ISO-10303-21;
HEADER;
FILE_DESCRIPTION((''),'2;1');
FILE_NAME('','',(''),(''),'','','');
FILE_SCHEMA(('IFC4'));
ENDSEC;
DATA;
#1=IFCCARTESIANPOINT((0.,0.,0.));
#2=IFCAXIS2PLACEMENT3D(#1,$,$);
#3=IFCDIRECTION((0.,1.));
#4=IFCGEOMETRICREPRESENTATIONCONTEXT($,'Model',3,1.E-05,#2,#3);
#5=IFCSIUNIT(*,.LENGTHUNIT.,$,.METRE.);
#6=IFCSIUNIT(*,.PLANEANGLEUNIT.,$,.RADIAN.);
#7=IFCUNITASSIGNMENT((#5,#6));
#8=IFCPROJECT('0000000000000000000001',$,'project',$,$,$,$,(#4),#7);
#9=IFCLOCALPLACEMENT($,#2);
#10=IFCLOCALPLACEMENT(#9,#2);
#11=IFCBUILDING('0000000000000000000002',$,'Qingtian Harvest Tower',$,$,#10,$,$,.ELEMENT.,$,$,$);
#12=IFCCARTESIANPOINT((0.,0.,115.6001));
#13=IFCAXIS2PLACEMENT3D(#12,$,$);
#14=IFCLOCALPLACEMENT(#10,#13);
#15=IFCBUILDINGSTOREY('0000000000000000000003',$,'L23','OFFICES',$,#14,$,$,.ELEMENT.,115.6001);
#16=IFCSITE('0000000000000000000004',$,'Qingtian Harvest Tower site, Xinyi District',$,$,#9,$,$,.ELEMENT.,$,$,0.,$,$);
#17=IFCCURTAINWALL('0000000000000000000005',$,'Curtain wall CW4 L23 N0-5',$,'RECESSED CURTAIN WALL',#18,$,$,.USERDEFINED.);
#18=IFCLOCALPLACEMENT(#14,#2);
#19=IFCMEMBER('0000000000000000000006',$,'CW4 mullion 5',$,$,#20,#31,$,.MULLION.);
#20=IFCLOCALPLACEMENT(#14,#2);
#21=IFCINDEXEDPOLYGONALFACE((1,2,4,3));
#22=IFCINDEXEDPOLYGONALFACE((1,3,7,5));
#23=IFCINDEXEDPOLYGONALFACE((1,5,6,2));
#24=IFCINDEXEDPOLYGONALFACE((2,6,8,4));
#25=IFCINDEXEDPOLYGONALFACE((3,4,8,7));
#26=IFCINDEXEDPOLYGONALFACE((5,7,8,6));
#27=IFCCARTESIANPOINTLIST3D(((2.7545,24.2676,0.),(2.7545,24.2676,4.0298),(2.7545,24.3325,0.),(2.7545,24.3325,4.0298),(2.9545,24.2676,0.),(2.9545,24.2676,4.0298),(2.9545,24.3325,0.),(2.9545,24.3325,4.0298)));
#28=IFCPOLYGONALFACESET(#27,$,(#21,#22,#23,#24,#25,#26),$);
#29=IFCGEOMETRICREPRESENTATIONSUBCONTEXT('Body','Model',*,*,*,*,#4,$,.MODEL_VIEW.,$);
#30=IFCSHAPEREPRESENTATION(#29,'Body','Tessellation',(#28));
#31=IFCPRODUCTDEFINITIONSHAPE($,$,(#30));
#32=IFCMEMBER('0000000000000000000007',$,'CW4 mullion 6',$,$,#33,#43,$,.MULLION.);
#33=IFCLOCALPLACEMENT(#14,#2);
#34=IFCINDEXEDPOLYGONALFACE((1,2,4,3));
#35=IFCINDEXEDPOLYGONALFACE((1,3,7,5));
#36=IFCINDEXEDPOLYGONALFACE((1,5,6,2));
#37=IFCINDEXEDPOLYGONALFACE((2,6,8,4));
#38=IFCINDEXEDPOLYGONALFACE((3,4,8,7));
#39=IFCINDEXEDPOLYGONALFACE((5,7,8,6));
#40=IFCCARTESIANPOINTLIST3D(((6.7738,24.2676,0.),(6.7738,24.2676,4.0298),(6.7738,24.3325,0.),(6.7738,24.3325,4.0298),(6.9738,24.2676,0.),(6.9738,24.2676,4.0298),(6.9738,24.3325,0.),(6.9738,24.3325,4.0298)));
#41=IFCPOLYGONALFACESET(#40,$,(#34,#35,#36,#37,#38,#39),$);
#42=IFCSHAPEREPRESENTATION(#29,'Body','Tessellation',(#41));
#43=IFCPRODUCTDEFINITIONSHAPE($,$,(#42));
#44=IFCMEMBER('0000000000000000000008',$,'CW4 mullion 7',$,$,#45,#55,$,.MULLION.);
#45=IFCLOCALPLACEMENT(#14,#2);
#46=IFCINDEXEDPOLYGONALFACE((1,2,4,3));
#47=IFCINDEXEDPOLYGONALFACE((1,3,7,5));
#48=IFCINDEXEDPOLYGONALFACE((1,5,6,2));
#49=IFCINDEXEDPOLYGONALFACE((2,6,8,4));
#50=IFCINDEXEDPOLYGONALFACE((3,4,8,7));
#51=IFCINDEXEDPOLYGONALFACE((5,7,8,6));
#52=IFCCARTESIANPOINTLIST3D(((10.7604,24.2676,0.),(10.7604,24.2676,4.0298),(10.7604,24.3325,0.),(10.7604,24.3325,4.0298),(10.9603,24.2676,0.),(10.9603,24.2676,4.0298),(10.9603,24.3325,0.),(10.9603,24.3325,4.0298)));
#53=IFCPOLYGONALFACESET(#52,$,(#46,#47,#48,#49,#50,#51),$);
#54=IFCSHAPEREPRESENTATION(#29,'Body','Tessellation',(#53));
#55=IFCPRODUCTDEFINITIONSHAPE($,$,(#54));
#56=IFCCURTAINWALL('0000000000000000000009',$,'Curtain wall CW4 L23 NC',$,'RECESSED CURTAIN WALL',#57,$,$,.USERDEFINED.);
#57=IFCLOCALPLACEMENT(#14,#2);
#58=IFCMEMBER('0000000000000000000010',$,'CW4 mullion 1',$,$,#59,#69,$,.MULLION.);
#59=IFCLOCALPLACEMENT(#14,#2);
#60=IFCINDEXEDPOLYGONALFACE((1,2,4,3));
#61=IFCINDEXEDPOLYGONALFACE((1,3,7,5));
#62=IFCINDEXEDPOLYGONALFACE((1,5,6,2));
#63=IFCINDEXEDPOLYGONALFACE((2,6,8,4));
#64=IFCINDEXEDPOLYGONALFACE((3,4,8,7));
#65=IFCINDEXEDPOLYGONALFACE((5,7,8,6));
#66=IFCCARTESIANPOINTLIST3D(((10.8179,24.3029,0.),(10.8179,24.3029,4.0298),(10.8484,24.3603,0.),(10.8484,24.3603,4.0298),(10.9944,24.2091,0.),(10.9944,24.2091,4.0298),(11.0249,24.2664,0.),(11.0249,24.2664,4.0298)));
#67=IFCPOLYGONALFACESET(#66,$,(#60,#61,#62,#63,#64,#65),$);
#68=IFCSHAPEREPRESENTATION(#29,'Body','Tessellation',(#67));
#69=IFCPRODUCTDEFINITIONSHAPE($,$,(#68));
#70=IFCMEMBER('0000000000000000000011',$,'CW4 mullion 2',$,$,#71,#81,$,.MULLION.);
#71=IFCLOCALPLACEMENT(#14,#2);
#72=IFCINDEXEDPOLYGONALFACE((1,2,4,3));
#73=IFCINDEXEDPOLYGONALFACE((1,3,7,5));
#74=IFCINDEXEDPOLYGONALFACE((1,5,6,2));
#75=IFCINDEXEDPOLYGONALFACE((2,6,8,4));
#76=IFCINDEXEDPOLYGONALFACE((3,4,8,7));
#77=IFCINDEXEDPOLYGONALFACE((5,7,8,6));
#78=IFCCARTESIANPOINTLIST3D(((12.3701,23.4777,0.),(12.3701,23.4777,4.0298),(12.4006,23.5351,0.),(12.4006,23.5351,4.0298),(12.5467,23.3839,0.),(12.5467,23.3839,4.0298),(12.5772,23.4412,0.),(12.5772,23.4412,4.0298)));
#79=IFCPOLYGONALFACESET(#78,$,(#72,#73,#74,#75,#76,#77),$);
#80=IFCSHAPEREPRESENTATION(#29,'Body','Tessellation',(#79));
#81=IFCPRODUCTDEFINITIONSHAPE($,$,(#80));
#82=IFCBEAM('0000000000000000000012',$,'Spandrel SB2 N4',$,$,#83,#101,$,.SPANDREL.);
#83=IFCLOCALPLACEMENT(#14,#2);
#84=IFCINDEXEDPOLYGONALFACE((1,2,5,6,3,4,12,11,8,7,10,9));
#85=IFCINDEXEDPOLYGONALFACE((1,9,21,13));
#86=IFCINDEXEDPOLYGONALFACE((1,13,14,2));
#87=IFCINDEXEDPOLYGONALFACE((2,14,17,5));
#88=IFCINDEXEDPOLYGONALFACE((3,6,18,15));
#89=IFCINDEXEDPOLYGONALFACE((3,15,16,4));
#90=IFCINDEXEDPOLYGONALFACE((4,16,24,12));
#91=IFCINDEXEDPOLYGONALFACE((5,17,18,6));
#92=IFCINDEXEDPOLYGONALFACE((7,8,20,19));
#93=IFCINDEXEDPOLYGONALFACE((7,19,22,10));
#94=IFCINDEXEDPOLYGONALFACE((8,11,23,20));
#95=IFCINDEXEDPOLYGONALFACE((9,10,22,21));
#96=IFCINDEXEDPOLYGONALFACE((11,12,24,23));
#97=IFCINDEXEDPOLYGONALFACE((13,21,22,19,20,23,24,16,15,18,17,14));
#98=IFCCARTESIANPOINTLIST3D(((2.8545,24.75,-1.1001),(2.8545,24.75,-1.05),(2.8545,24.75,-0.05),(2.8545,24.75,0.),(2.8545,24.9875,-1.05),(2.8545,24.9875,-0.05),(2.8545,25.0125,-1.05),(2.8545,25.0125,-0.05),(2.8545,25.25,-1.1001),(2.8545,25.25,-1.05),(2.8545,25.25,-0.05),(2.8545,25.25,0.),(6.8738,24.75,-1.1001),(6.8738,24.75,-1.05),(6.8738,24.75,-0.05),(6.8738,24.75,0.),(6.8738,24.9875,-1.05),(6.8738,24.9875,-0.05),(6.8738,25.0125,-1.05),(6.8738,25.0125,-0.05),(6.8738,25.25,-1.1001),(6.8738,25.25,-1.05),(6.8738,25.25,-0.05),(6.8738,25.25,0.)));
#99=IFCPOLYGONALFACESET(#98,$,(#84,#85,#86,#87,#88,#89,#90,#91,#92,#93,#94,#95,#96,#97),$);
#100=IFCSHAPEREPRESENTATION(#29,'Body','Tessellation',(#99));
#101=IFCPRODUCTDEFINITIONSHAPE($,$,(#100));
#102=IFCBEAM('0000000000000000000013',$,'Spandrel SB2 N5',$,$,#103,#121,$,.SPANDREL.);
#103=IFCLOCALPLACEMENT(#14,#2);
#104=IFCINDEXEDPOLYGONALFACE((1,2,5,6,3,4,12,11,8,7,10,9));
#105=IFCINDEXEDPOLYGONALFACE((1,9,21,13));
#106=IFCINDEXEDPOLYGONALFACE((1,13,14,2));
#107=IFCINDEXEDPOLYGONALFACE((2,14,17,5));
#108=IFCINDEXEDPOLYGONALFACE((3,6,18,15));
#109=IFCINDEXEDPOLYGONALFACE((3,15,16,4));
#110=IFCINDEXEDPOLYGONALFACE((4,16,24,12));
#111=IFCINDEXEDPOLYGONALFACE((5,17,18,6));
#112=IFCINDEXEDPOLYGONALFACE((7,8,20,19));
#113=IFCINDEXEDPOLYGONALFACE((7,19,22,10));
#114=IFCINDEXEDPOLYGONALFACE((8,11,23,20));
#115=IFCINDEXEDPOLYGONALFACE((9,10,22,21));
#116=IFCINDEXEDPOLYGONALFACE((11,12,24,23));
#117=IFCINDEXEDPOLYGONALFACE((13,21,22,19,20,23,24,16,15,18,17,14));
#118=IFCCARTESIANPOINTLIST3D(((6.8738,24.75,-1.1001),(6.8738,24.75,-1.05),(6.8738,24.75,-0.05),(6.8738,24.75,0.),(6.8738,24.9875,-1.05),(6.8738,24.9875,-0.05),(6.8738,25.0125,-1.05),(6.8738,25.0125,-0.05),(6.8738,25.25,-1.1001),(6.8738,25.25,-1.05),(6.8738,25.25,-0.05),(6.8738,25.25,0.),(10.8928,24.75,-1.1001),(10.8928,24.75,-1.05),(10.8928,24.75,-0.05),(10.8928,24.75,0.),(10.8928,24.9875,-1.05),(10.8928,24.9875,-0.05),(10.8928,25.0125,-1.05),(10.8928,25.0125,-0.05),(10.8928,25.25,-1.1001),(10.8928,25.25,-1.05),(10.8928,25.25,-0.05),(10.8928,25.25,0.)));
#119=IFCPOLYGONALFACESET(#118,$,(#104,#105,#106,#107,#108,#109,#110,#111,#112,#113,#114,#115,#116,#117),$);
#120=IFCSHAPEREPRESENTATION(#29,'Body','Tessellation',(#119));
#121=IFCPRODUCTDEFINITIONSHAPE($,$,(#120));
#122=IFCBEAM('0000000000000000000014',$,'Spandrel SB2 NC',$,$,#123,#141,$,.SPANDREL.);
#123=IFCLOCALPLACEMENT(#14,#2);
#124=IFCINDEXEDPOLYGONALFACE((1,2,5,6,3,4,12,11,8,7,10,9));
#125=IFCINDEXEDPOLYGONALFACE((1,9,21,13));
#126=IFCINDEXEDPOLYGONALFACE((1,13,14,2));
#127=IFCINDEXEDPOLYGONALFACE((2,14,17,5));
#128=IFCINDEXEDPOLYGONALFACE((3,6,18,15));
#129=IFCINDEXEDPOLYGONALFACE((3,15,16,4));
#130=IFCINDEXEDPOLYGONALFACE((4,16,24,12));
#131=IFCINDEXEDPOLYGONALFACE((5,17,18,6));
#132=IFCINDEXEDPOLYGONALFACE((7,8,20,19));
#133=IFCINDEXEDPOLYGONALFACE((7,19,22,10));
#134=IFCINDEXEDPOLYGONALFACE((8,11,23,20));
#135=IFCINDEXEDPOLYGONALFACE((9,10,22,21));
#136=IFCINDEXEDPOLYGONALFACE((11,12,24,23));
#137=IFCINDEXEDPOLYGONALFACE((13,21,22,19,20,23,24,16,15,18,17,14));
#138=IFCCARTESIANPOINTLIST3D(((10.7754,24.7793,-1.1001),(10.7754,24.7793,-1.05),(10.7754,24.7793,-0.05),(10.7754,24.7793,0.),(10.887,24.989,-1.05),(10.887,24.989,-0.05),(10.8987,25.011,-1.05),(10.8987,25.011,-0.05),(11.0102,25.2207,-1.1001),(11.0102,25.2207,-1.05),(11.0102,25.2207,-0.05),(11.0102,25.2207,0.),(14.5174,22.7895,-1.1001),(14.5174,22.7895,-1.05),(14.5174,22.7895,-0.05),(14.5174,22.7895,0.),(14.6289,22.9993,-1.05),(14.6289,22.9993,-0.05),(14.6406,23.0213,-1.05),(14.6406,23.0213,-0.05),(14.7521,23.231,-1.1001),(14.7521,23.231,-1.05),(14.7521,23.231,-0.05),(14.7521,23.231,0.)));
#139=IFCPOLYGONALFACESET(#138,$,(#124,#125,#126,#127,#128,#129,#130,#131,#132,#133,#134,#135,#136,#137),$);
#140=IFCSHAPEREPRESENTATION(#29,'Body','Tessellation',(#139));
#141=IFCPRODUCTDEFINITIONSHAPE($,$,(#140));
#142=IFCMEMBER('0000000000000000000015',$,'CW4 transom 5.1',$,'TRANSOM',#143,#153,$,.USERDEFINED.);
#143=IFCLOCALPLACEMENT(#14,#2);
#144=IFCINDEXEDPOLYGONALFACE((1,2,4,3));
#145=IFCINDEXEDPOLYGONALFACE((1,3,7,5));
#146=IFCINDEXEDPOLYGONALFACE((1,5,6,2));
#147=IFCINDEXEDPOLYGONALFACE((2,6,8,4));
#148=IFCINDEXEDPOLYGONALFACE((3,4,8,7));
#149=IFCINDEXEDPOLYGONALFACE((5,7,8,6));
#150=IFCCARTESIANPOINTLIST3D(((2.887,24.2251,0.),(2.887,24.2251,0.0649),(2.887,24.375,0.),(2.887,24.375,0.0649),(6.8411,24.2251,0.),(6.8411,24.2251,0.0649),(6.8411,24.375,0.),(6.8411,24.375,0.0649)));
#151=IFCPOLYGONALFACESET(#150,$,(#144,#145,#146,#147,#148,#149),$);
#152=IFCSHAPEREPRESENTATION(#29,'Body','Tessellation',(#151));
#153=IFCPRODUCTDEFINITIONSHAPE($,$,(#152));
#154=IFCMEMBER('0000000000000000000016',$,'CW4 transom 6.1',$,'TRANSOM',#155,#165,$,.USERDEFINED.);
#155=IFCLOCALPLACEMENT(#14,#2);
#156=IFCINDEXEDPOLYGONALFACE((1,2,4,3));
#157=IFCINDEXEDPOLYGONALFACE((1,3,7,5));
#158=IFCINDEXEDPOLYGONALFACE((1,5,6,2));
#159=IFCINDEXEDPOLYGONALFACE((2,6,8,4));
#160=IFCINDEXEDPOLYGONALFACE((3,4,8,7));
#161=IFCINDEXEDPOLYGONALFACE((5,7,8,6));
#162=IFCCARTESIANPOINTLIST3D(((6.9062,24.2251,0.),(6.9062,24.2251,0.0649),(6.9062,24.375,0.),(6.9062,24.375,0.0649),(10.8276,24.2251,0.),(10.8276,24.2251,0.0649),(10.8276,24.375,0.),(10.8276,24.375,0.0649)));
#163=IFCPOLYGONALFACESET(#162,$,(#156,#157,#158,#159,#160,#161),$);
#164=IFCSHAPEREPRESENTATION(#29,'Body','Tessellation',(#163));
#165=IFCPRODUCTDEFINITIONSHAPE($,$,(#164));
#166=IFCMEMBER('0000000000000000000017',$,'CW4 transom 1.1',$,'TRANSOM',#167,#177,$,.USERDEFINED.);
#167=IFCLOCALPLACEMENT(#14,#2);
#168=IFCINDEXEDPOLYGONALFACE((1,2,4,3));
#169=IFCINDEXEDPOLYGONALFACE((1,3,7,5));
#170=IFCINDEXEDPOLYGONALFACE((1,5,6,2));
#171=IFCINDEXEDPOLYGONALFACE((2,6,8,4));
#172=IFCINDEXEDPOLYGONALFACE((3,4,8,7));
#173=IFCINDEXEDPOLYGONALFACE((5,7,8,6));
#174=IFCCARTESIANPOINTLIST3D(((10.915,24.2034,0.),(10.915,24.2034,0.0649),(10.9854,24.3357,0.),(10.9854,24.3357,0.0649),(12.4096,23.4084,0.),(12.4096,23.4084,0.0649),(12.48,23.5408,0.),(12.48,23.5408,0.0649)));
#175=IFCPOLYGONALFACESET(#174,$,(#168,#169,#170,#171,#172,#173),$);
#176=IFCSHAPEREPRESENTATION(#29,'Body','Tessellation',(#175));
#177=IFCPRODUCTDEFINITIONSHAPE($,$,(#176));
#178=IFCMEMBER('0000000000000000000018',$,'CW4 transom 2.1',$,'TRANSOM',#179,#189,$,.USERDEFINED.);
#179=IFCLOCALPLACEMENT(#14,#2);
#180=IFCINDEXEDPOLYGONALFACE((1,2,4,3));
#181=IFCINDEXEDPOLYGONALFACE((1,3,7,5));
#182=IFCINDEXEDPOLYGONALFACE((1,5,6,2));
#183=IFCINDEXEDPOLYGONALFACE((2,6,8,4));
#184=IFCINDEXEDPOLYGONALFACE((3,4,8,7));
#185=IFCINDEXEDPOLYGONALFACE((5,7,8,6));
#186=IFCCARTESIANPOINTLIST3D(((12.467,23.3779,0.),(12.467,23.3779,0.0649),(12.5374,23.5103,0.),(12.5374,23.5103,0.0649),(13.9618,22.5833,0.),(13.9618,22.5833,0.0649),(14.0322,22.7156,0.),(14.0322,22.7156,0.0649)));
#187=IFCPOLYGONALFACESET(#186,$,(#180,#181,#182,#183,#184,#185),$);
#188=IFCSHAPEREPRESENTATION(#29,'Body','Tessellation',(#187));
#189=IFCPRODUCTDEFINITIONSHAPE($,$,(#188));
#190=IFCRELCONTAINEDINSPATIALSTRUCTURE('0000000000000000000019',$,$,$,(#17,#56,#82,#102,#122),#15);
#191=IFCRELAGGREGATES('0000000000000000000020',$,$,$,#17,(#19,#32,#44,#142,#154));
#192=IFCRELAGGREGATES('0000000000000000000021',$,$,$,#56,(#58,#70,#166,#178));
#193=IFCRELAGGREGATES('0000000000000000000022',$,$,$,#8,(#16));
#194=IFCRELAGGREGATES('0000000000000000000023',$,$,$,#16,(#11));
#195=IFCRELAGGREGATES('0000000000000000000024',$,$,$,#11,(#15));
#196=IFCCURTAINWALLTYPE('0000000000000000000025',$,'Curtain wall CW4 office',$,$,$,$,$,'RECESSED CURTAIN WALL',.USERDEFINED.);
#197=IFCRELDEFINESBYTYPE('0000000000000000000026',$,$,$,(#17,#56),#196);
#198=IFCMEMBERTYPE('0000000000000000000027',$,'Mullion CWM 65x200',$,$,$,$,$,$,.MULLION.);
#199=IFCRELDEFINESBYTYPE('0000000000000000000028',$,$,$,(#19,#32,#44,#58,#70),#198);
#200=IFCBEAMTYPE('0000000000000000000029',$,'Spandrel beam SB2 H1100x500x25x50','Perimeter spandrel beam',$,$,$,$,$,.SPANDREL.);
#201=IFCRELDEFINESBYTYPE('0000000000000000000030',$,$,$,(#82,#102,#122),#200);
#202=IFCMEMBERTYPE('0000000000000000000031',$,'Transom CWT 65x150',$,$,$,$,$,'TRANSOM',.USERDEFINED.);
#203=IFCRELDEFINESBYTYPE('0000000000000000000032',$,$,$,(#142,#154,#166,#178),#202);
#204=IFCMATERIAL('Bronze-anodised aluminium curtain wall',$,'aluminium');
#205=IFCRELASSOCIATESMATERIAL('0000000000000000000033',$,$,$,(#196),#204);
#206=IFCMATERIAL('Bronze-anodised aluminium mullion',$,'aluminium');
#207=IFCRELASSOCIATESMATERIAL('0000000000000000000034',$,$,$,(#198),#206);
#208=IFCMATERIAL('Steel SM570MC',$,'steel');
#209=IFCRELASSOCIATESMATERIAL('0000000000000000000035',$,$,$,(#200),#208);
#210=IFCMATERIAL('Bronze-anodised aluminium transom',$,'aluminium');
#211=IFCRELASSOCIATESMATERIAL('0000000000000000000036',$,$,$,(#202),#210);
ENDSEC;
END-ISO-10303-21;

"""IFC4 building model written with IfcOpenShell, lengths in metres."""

from ifc_helpers import new_model, si_unit, direction, frame, origin, origin_2d, place, context, subcontext, project, spatial, rectangle, i_section, extrude, material, material_profile, profile_set, type_object, element, aggregate, save


model = new_model("IFC4")

# Units and contexts
model_context = context("Model", 3, precision=1e-05, world=origin(), true_north=direction((0.0, 1.0)))
body_context = subcontext(model_context, "Body", "Model", "MODEL_VIEW")
ifc_project = project(units=[si_unit("LENGTHUNIT", "METRE"), si_unit("PLANEANGLEUNIT", "RADIAN")], contexts=[model_context])

# Site, building, storey
site_placement = place(None, origin())
site = spatial("IfcSite", under=ifc_project, at=site_placement, Name="Qingtian Harvest Tower site, Xinyi District", CompositionType="ELEMENT", RefElevation=0.0)
building_placement = place(site_placement, origin())
building = spatial("IfcBuilding", under=site, at=building_placement, Name="Qingtian Harvest Tower", CompositionType="ELEMENT")
storey_placement = place(building_placement, frame((0.0, 0.0, 115.6001)))
storey = spatial("IfcBuildingStorey", under=building, at=storey_placement, Name="L23", Description="OFFICES", CompositionType="ELEMENT", Elevation=115.6001)

# Curtain walls, members
ifc_material_1 = material(Name="Bronze-anodised aluminium curtain wall", Category="aluminium")
curtain_wall_type = type_object("IfcCurtainWallType", Name="Curtain wall CW4 office", ElementType="RECESSED CURTAIN WALL", PredefinedType="USERDEFINED", material=ifc_material_1)
curtain_wall_1_placement = place(storey_placement, origin())
curtain_wall_1 = element("IfcCurtainWall", 1, at=curtain_wall_1_placement, inside=storey, type_object=curtain_wall_type, Name="Curtain wall CW4 L23 N0-5", ObjectType="RECESSED CURTAIN WALL", PredefinedType="USERDEFINED")
ifc_material_2 = material(Name="Bronze-anodised aluminium mullion", Category="aluminium")
ifc_material_profile_1 = material_profile(ifc_material_2, rectangle(XDim=0.0649, YDim=0.2, at=origin_2d()), Name="AL 65x200")
ifc_profile_set_1 = profile_set([ifc_material_profile_1], Name="Bronze-anodised aluminium mullion")
member_type_1 = type_object("IfcMemberType", Name="Mullion CWM 65x200", PredefinedType="MULLION", material=ifc_profile_set_1)
member_1_placement = place(storey_placement, frame((2.8545, 24.3, 0.0), z_axis=(0.0, 0.0, 1.0), x_axis=(0.0, 1.0, 0.0)))
member_1 = element("IfcMember", 2, at=member_1_placement, type_object=member_type_1, Name="CW4 mullion 5", PredefinedType="MULLION", context=body_context, shape_type="SweptSolid", body=[
    extrude(rectangle(XDim=0.0649, YDim=0.2, at=origin_2d()), origin(), (0.0, 0.0, 1.0), 4.0298),
])
member_2_placement = place(storey_placement, frame((6.8738, 24.3, 0.0), z_axis=(0.0, 0.0, 1.0), x_axis=(0.0, 1.0, 0.0)))
member_2 = element("IfcMember", 3, at=member_2_placement, type_object=member_type_1, Name="CW4 mullion 6", PredefinedType="MULLION", context=body_context, shape_type="SweptSolid", body=[
    extrude(rectangle(XDim=0.0649, YDim=0.2, at=origin_2d()), origin(), (0.0, 0.0, 1.0), 4.0298),
])
member_3_placement = place(storey_placement, frame((10.8604, 24.3, 0.0), z_axis=(0.0, 0.0, 1.0), x_axis=(0.0, 1.0, 0.0)))
member_3 = element("IfcMember", 4, at=member_3_placement, type_object=member_type_1, Name="CW4 mullion 7", PredefinedType="MULLION", context=body_context, shape_type="SweptSolid", body=[
    extrude(rectangle(XDim=0.0649, YDim=0.2, at=origin_2d()), origin(), (0.0, 0.0, 1.0), 4.0298),
])
curtain_wall_2_placement = place(storey_placement, origin())
curtain_wall_2 = element("IfcCurtainWall", 5, at=curtain_wall_2_placement, inside=storey, type_object=curtain_wall_type, Name="Curtain wall CW4 L23 NC", ObjectType="RECESSED CURTAIN WALL", PredefinedType="USERDEFINED")
member_4_placement = place(storey_placement, frame((10.9214, 24.2847, 0.0), z_axis=(0.0, 0.0, 1.0), x_axis=(0.469472, 0.882948, 0.0)))
member_4 = element("IfcMember", 6, at=member_4_placement, type_object=member_type_1, Name="CW4 mullion 1", PredefinedType="MULLION", context=body_context, shape_type="SweptSolid", body=[
    extrude(rectangle(XDim=0.0649, YDim=0.2, at=origin_2d()), origin(), (0.0, 0.0, 1.0), 4.0298),
])
member_5_placement = place(storey_placement, frame((12.4736, 23.4595, 0.0), z_axis=(0.0, 0.0, 1.0), x_axis=(0.469472, 0.882948, 0.0)))
member_5 = element("IfcMember", 7, at=member_5_placement, type_object=member_type_1, Name="CW4 mullion 2", PredefinedType="MULLION", context=body_context, shape_type="SweptSolid", body=[
    extrude(rectangle(XDim=0.0649, YDim=0.2, at=origin_2d()), origin(), (0.0, 0.0, 1.0), 4.0298),
])

# Beams
ifc_material_3 = material(Name="Steel SM570MC", Category="steel")
ifc_material_profile_2 = material_profile(ifc_material_3, i_section(OverallWidth=0.5, OverallDepth=1.1001, WebThickness=0.0249, FlangeThickness=0.05, at=origin_2d()), Name="H1100x500x25x50")
ifc_profile_set_2 = profile_set([ifc_material_profile_2], Name="Steel SM570MC")
beam_type_1 = type_object("IfcBeamType", Name="Spandrel beam SB2 H1100x500x25x50", Description="Perimeter spandrel beam", PredefinedType="SPANDREL", material=ifc_profile_set_2)
beam_1_placement = place(storey_placement, frame((2.8545, 25.0, -0.55), z_axis=(1.0, 0.0, 0.0), x_axis=(0.0, 1.0, 0.0)))
element("IfcBeam", 8, at=beam_1_placement, inside=storey, type_object=beam_type_1, Name="Spandrel SB2 N4", PredefinedType="SPANDREL", context=body_context, shape_type="SweptSolid", body=[
    extrude(i_section(OverallWidth=0.5, OverallDepth=1.1001, WebThickness=0.0249, FlangeThickness=0.05, at=origin_2d()), origin(), (0.0, 0.0, 1.0), 4.0193),
])
beam_2_placement = place(storey_placement, frame((6.8738, 25.0, -0.55), z_axis=(1.0, 0.0, 0.0), x_axis=(0.0, 1.0, 0.0)))
element("IfcBeam", 9, at=beam_2_placement, inside=storey, type_object=beam_type_1, Name="Spandrel SB2 N5", PredefinedType="SPANDREL", context=body_context, shape_type="SweptSolid", body=[
    extrude(i_section(OverallWidth=0.5, OverallDepth=1.1001, WebThickness=0.0249, FlangeThickness=0.05, at=origin_2d()), origin(), (0.0, 0.0, 1.0), 4.019),
])
beam_3_placement = place(storey_placement, frame((10.8928, 25.0, -0.55), z_axis=(0.882936, -0.469494, 0.0), x_axis=(0.469494, 0.882936, 0.0)))
element("IfcBeam", 10, at=beam_3_placement, inside=storey, type_object=beam_type_1, Name="Spandrel SB2 NC", PredefinedType="SPANDREL", context=body_context, shape_type="SweptSolid", body=[
    extrude(i_section(OverallWidth=0.5, OverallDepth=1.1001, WebThickness=0.0249, FlangeThickness=0.05, at=origin_2d()), origin(), (0.0, 0.0, 1.0), 4.238),
])

# Members
ifc_material_4 = material(Name="Bronze-anodised aluminium transom", Category="aluminium")
ifc_material_profile_3 = material_profile(ifc_material_4, rectangle(XDim=0.1499, YDim=0.0649, at=origin_2d()), Name="AL 65x150")
ifc_profile_set_3 = profile_set([ifc_material_profile_3], Name="Bronze-anodised aluminium transom")
member_type_2 = type_object("IfcMemberType", Name="Transom CWT 65x150", ElementType="TRANSOM", PredefinedType="USERDEFINED", material=ifc_profile_set_3)
member_6_placement = place(storey_placement, frame((2.887, 24.3, 0.0325), z_axis=(1.0, 0.0, 0.0), x_axis=(0.0, 1.0, 0.0)))
member_6 = element("IfcMember", 11, at=member_6_placement, type_object=member_type_2, Name="CW4 transom 5.1", ObjectType="TRANSOM", PredefinedType="USERDEFINED", context=body_context, shape_type="SweptSolid", body=[
    extrude(rectangle(XDim=0.1499, YDim=0.0649, at=origin_2d()), origin(), (0.0, 0.0, 1.0), 3.9541),
])
member_7_placement = place(storey_placement, frame((6.9062, 24.3, 0.0325), z_axis=(1.0, 0.0, 0.0), x_axis=(0.0, 1.0, 0.0)))
member_7 = element("IfcMember", 12, at=member_7_placement, type_object=member_type_2, Name="CW4 transom 6.1", ObjectType="TRANSOM", PredefinedType="USERDEFINED", context=body_context, shape_type="SweptSolid", body=[
    extrude(rectangle(XDim=0.1499, YDim=0.0649, at=origin_2d()), origin(), (0.0, 0.0, 1.0), 3.9214),
])
member_8_placement = place(storey_placement, frame((10.9502, 24.2695, 0.0325), z_axis=(0.882895, -0.46957, 0.0), x_axis=(0.46957, 0.882895, 0.0)))
member_8 = element("IfcMember", 13, at=member_8_placement, type_object=member_type_2, Name="CW4 transom 1.1", ObjectType="TRANSOM", PredefinedType="USERDEFINED", context=body_context, shape_type="SweptSolid", body=[
    extrude(rectangle(XDim=0.1499, YDim=0.0649, at=origin_2d()), origin(), (0.0, 0.0, 1.0), 1.6929),
])
member_9_placement = place(storey_placement, frame((12.5022, 23.4441, 0.0325), z_axis=(0.882987, -0.469398, 0.0), x_axis=(0.469398, 0.882987, 0.0)))
member_9 = element("IfcMember", 14, at=member_9_placement, type_object=member_type_2, Name="CW4 transom 2.1", ObjectType="TRANSOM", PredefinedType="USERDEFINED", context=body_context, shape_type="SweptSolid", body=[
    extrude(rectangle(XDim=0.1499, YDim=0.0649, at=origin_2d()), origin(), (0.0, 0.0, 1.0), 1.6929),
])

aggregate(curtain_wall_1, [member_1, member_2, member_3, member_6, member_7])
aggregate(curtain_wall_2, [member_4, member_5, member_8, member_9])

save(model, "model.ifc")
